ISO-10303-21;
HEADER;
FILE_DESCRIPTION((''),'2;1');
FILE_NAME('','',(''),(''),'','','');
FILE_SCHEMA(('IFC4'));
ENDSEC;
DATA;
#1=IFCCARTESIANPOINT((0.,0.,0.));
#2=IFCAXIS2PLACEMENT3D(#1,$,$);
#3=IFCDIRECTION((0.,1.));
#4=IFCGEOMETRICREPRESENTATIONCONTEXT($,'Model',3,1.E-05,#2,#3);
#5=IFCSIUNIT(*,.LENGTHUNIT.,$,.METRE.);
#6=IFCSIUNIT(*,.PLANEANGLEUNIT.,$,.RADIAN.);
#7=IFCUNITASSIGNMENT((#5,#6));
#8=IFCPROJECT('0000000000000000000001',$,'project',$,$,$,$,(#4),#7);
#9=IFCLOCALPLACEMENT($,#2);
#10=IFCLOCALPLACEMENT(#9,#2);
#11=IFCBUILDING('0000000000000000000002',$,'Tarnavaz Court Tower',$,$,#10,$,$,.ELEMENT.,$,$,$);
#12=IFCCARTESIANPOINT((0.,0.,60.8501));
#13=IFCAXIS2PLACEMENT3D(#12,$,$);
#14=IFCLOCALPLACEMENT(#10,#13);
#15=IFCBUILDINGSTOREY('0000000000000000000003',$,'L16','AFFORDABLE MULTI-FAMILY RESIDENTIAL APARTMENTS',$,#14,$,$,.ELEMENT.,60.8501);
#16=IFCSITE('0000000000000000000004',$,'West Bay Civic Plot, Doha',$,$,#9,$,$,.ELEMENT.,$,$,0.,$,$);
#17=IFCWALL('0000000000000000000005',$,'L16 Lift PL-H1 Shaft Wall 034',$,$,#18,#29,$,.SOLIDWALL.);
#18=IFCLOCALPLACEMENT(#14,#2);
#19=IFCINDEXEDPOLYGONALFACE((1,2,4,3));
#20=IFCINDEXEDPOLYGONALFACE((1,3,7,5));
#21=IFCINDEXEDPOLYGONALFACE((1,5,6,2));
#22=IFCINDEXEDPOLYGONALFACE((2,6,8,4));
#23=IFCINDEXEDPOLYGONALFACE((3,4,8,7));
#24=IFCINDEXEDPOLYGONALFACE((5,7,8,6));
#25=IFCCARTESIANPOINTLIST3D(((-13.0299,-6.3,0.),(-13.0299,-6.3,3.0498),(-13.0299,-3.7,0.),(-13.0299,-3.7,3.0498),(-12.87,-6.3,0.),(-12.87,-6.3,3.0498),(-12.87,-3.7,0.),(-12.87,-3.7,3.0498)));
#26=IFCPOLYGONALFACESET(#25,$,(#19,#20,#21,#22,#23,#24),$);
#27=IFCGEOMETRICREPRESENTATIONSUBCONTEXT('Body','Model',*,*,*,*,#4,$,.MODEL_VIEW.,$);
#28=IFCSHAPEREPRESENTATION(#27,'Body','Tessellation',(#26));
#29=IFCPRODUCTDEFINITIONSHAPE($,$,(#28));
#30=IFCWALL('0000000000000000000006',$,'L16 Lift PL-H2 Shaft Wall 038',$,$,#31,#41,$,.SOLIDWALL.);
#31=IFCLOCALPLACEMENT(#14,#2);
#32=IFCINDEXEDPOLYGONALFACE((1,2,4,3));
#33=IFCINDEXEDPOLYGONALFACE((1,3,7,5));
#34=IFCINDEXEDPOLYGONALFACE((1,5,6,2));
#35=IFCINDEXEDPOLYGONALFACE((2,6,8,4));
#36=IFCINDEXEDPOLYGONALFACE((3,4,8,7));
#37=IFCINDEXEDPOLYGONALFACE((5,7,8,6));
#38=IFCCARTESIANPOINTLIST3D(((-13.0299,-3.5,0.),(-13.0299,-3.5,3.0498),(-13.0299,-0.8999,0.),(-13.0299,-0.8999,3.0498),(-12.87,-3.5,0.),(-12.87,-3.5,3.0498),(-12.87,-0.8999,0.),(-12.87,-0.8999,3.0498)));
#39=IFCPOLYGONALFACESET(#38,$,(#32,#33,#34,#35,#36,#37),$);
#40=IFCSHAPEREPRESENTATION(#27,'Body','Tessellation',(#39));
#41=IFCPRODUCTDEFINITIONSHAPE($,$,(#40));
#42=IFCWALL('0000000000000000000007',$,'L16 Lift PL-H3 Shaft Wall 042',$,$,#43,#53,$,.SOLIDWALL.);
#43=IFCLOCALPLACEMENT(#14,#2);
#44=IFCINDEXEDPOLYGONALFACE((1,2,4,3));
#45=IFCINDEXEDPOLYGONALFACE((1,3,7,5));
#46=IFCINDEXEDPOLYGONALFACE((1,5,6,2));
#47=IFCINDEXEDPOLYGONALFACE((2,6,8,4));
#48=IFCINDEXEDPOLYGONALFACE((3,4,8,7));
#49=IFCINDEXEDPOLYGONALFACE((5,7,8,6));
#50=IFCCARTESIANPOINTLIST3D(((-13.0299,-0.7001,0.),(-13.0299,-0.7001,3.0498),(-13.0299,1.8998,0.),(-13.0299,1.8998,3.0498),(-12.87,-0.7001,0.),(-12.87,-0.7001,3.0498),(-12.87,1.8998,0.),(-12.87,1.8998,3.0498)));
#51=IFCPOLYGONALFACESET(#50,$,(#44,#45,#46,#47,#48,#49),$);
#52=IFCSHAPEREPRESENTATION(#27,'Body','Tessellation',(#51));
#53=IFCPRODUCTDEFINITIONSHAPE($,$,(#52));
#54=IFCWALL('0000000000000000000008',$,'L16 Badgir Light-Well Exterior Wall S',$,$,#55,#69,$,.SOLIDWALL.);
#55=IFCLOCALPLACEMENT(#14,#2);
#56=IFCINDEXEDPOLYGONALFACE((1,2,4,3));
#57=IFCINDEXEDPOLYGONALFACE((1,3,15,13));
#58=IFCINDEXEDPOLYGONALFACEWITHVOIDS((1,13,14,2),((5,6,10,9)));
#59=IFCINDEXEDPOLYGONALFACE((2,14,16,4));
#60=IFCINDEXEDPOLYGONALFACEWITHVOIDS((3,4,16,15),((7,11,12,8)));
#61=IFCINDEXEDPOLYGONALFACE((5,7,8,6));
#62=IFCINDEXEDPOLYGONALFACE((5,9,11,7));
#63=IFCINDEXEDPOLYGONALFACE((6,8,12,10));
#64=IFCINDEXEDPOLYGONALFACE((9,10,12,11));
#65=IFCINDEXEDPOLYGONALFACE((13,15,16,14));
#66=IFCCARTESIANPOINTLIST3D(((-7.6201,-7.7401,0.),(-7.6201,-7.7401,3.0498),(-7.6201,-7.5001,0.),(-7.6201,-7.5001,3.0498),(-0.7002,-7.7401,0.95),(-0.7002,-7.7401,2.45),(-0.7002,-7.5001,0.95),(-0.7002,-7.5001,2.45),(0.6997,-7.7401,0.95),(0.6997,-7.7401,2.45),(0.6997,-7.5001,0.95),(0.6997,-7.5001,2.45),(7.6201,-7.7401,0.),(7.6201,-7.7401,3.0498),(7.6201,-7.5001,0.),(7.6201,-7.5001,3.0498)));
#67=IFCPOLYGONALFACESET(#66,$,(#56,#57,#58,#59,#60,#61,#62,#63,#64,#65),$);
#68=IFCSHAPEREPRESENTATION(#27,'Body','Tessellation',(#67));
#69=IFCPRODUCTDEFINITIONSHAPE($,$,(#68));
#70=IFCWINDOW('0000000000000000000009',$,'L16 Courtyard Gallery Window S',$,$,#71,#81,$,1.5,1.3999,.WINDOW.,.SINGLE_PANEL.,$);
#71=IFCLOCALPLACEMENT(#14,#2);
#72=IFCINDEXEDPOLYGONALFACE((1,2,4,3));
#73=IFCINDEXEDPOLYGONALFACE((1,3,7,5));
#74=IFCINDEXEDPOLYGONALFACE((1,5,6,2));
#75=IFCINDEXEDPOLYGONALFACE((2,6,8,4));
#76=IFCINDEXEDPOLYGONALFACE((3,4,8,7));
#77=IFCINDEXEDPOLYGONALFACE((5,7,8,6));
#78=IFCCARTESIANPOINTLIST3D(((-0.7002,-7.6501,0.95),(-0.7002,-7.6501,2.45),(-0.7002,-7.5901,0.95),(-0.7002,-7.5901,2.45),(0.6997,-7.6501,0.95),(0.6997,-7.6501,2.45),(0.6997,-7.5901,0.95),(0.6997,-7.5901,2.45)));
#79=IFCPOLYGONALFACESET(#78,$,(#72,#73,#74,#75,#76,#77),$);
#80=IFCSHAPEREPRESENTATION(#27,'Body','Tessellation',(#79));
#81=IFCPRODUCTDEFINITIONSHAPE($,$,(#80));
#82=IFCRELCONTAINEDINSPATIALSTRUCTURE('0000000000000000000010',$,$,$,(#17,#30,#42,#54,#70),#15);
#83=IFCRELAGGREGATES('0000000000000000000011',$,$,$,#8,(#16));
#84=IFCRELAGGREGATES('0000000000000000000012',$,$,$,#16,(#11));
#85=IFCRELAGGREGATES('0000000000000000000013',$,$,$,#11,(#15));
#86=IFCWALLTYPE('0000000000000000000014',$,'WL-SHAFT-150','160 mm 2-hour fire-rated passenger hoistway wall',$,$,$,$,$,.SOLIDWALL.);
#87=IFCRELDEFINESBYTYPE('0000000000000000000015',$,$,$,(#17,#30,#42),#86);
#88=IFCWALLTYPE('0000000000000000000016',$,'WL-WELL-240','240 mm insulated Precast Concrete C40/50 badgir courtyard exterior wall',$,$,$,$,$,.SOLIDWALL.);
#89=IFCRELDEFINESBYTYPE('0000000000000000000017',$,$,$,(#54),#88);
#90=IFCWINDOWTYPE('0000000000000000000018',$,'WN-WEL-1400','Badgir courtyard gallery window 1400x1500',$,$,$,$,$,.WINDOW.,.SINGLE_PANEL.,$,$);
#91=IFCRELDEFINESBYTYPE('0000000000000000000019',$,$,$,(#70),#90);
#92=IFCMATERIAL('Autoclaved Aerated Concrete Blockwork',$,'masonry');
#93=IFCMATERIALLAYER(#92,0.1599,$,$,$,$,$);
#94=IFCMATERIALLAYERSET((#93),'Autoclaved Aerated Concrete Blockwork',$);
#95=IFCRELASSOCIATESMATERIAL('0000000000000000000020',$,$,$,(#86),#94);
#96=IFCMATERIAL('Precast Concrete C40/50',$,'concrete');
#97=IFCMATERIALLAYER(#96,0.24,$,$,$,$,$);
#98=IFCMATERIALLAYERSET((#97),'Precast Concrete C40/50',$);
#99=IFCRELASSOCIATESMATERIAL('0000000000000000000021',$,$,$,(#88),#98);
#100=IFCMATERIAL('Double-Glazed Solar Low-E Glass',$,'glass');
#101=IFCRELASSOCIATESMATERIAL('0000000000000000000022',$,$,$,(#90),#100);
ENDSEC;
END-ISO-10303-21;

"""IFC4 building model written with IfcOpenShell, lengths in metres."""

from ifc_helpers import new_model, si_unit, direction, frame, frame_2d, origin, place, context, subcontext, project, spatial, rectangle, extrude, material, layer, layer_set, type_object, element, fill, save


model = new_model("IFC4")

# Units and contexts
model_context = context("Model", 3, precision=1e-05, world=origin(), true_north=direction((0.0, 1.0)))
body_context = subcontext(model_context, "Body", "Model", "MODEL_VIEW")
ifc_project = project(units=[si_unit("LENGTHUNIT", "METRE"), si_unit("PLANEANGLEUNIT", "RADIAN")], contexts=[model_context])

# Site, building, storey
site_placement = place(None, origin())
site = spatial("IfcSite", under=ifc_project, at=site_placement, Name="West Bay Civic Plot, Doha", CompositionType="ELEMENT", RefElevation=0.0)
building_placement = place(site_placement, origin())
building = spatial("IfcBuilding", under=site, at=building_placement, Name="Tarnavaz Court Tower", CompositionType="ELEMENT")
storey_placement = place(building_placement, frame((0.0, 0.0, 60.8501)))
storey = spatial("IfcBuildingStorey", under=building, at=storey_placement, Name="L16", Description="AFFORDABLE MULTI-FAMILY RESIDENTIAL APARTMENTS", CompositionType="ELEMENT", Elevation=60.8501)

# Shared definitions
ifc_material_1 = material(Name="Autoclaved Aerated Concrete Blockwork", Category="masonry")
ifc_layer_1 = layer(ifc_material_1, 0.1599)
ifc_layer_set_1 = layer_set([ifc_layer_1], Name="Autoclaved Aerated Concrete Blockwork")
wall_type_1 = type_object("IfcWallType", Name="WL-SHAFT-150", Description="160 mm 2-hour fire-rated passenger hoistway wall", PredefinedType="SOLIDWALL", material=ifc_layer_set_1)

# Walls
for number, where, z_axis, x_axis, name in (
    (1, (-12.95, -6.3, 0.0), (0.0, 0.0, 1.0), (0.0, 1.0, 0.0), "L16 Lift PL-H1 Shaft Wall 034"),
    (2, (-12.95, -3.5, 0.0), (0.0, 0.0, 1.0), (0.0, 1.0, 0.0), "L16 Lift PL-H2 Shaft Wall 038"),
):
    element("IfcWall", number, at=place(storey_placement, frame(where, z_axis=z_axis, x_axis=x_axis)), inside=storey, type_object=wall_type_1, Name=name, PredefinedType="SOLIDWALL", context=body_context, shape_type="SweptSolid", body=[
        extrude(rectangle(XDim=2.6001, YDim=0.1599, at=frame_2d((1.3, 0.0))), origin(), (0.0, 0.0, 1.0), 3.0498),
    ])
wall_1_placement = place(storey_placement, frame((-12.95, -0.7, 0.0), z_axis=(0.0, 0.0, 1.0), x_axis=(0.0, 1.0, 0.0)))
element("IfcWall", 3, at=wall_1_placement, inside=storey, type_object=wall_type_1, Name="L16 Lift PL-H3 Shaft Wall 042", PredefinedType="SOLIDWALL", context=body_context, shape_type="SweptSolid", body=[
    extrude(rectangle(XDim=2.5999, YDim=0.1599, at=frame_2d((1.2998, 0.0))), origin(), (0.0, 0.0, 1.0), 3.0498),
])

# Wall, opening, window
ifc_material_2 = material(Name="Precast Concrete C40/50", Category="concrete")
ifc_layer_2 = layer(ifc_material_2, 0.24)
ifc_layer_set_2 = layer_set([ifc_layer_2], Name="Precast Concrete C40/50")
wall_type_2 = type_object("IfcWallType", Name="WL-WELL-240", Description="240 mm insulated Precast Concrete C40/50 badgir courtyard exterior wall", PredefinedType="SOLIDWALL", material=ifc_layer_set_2)
wall_2_placement = place(storey_placement, frame((-7.6201, -7.6201, 0.0), z_axis=(0.0, 0.0, 1.0), x_axis=(1.0, 0.0, 0.0)))
wall_2 = element("IfcWall", 4, at=wall_2_placement, inside=storey, type_object=wall_type_2, Name="L16 Badgir Light-Well Exterior Wall S", PredefinedType="SOLIDWALL", context=body_context, shape_type="SweptSolid", body=[
    extrude(rectangle(XDim=15.2402, YDim=0.24, at=frame_2d((7.6201, 0.0))), origin(), (0.0, 0.0, 1.0), 3.0498),
])
opening_1_placement = place(wall_2_placement, frame((6.9199, 0.0, 0.95)))
opening_1 = element("IfcOpeningElement", 5, at=opening_1_placement, cuts=wall_2, PredefinedType="OPENING", context=body_context, shape_type="SweptSolid", body=[
    extrude(rectangle(XDim=1.3999, YDim=1.5, at=frame_2d((0.7, 0.75))), frame((0.0, 0.1299, 0.0), z_axis=(0.0, -1.0, 0.0), x_axis=(1.0, 0.0, 0.0)), (0.0, 0.0, 1.0), 0.26),
])
ifc_material_3 = material(Name="Double-Glazed Solar Low-E Glass", Category="glass")
window_type = type_object("IfcWindowType", Name="WN-WEL-1400", Description="Badgir courtyard gallery window 1400x1500", PartitioningType="SINGLE_PANEL", PredefinedType="WINDOW", material=ifc_material_3)
window_placement = place(opening_1_placement, origin())
window = element("IfcWindow", 6, at=window_placement, inside=storey, type_object=window_type, Name="L16 Courtyard Gallery Window S", OverallHeight=1.5, OverallWidth=1.3999, PartitioningType="SINGLE_PANEL", PredefinedType="WINDOW", context=body_context, shape_type="SweptSolid", body=[
    extrude(rectangle(XDim=1.3999, YDim=1.5, at=frame_2d((0.7, 0.75))), frame((0.0, 0.03, 0.0), z_axis=(0.0, -1.0, 0.0), x_axis=(1.0, 0.0, 0.0)), (0.0, 0.0, 1.0), 0.0601),
])
fill(opening_1, window)

save(model, "model.ifc")
